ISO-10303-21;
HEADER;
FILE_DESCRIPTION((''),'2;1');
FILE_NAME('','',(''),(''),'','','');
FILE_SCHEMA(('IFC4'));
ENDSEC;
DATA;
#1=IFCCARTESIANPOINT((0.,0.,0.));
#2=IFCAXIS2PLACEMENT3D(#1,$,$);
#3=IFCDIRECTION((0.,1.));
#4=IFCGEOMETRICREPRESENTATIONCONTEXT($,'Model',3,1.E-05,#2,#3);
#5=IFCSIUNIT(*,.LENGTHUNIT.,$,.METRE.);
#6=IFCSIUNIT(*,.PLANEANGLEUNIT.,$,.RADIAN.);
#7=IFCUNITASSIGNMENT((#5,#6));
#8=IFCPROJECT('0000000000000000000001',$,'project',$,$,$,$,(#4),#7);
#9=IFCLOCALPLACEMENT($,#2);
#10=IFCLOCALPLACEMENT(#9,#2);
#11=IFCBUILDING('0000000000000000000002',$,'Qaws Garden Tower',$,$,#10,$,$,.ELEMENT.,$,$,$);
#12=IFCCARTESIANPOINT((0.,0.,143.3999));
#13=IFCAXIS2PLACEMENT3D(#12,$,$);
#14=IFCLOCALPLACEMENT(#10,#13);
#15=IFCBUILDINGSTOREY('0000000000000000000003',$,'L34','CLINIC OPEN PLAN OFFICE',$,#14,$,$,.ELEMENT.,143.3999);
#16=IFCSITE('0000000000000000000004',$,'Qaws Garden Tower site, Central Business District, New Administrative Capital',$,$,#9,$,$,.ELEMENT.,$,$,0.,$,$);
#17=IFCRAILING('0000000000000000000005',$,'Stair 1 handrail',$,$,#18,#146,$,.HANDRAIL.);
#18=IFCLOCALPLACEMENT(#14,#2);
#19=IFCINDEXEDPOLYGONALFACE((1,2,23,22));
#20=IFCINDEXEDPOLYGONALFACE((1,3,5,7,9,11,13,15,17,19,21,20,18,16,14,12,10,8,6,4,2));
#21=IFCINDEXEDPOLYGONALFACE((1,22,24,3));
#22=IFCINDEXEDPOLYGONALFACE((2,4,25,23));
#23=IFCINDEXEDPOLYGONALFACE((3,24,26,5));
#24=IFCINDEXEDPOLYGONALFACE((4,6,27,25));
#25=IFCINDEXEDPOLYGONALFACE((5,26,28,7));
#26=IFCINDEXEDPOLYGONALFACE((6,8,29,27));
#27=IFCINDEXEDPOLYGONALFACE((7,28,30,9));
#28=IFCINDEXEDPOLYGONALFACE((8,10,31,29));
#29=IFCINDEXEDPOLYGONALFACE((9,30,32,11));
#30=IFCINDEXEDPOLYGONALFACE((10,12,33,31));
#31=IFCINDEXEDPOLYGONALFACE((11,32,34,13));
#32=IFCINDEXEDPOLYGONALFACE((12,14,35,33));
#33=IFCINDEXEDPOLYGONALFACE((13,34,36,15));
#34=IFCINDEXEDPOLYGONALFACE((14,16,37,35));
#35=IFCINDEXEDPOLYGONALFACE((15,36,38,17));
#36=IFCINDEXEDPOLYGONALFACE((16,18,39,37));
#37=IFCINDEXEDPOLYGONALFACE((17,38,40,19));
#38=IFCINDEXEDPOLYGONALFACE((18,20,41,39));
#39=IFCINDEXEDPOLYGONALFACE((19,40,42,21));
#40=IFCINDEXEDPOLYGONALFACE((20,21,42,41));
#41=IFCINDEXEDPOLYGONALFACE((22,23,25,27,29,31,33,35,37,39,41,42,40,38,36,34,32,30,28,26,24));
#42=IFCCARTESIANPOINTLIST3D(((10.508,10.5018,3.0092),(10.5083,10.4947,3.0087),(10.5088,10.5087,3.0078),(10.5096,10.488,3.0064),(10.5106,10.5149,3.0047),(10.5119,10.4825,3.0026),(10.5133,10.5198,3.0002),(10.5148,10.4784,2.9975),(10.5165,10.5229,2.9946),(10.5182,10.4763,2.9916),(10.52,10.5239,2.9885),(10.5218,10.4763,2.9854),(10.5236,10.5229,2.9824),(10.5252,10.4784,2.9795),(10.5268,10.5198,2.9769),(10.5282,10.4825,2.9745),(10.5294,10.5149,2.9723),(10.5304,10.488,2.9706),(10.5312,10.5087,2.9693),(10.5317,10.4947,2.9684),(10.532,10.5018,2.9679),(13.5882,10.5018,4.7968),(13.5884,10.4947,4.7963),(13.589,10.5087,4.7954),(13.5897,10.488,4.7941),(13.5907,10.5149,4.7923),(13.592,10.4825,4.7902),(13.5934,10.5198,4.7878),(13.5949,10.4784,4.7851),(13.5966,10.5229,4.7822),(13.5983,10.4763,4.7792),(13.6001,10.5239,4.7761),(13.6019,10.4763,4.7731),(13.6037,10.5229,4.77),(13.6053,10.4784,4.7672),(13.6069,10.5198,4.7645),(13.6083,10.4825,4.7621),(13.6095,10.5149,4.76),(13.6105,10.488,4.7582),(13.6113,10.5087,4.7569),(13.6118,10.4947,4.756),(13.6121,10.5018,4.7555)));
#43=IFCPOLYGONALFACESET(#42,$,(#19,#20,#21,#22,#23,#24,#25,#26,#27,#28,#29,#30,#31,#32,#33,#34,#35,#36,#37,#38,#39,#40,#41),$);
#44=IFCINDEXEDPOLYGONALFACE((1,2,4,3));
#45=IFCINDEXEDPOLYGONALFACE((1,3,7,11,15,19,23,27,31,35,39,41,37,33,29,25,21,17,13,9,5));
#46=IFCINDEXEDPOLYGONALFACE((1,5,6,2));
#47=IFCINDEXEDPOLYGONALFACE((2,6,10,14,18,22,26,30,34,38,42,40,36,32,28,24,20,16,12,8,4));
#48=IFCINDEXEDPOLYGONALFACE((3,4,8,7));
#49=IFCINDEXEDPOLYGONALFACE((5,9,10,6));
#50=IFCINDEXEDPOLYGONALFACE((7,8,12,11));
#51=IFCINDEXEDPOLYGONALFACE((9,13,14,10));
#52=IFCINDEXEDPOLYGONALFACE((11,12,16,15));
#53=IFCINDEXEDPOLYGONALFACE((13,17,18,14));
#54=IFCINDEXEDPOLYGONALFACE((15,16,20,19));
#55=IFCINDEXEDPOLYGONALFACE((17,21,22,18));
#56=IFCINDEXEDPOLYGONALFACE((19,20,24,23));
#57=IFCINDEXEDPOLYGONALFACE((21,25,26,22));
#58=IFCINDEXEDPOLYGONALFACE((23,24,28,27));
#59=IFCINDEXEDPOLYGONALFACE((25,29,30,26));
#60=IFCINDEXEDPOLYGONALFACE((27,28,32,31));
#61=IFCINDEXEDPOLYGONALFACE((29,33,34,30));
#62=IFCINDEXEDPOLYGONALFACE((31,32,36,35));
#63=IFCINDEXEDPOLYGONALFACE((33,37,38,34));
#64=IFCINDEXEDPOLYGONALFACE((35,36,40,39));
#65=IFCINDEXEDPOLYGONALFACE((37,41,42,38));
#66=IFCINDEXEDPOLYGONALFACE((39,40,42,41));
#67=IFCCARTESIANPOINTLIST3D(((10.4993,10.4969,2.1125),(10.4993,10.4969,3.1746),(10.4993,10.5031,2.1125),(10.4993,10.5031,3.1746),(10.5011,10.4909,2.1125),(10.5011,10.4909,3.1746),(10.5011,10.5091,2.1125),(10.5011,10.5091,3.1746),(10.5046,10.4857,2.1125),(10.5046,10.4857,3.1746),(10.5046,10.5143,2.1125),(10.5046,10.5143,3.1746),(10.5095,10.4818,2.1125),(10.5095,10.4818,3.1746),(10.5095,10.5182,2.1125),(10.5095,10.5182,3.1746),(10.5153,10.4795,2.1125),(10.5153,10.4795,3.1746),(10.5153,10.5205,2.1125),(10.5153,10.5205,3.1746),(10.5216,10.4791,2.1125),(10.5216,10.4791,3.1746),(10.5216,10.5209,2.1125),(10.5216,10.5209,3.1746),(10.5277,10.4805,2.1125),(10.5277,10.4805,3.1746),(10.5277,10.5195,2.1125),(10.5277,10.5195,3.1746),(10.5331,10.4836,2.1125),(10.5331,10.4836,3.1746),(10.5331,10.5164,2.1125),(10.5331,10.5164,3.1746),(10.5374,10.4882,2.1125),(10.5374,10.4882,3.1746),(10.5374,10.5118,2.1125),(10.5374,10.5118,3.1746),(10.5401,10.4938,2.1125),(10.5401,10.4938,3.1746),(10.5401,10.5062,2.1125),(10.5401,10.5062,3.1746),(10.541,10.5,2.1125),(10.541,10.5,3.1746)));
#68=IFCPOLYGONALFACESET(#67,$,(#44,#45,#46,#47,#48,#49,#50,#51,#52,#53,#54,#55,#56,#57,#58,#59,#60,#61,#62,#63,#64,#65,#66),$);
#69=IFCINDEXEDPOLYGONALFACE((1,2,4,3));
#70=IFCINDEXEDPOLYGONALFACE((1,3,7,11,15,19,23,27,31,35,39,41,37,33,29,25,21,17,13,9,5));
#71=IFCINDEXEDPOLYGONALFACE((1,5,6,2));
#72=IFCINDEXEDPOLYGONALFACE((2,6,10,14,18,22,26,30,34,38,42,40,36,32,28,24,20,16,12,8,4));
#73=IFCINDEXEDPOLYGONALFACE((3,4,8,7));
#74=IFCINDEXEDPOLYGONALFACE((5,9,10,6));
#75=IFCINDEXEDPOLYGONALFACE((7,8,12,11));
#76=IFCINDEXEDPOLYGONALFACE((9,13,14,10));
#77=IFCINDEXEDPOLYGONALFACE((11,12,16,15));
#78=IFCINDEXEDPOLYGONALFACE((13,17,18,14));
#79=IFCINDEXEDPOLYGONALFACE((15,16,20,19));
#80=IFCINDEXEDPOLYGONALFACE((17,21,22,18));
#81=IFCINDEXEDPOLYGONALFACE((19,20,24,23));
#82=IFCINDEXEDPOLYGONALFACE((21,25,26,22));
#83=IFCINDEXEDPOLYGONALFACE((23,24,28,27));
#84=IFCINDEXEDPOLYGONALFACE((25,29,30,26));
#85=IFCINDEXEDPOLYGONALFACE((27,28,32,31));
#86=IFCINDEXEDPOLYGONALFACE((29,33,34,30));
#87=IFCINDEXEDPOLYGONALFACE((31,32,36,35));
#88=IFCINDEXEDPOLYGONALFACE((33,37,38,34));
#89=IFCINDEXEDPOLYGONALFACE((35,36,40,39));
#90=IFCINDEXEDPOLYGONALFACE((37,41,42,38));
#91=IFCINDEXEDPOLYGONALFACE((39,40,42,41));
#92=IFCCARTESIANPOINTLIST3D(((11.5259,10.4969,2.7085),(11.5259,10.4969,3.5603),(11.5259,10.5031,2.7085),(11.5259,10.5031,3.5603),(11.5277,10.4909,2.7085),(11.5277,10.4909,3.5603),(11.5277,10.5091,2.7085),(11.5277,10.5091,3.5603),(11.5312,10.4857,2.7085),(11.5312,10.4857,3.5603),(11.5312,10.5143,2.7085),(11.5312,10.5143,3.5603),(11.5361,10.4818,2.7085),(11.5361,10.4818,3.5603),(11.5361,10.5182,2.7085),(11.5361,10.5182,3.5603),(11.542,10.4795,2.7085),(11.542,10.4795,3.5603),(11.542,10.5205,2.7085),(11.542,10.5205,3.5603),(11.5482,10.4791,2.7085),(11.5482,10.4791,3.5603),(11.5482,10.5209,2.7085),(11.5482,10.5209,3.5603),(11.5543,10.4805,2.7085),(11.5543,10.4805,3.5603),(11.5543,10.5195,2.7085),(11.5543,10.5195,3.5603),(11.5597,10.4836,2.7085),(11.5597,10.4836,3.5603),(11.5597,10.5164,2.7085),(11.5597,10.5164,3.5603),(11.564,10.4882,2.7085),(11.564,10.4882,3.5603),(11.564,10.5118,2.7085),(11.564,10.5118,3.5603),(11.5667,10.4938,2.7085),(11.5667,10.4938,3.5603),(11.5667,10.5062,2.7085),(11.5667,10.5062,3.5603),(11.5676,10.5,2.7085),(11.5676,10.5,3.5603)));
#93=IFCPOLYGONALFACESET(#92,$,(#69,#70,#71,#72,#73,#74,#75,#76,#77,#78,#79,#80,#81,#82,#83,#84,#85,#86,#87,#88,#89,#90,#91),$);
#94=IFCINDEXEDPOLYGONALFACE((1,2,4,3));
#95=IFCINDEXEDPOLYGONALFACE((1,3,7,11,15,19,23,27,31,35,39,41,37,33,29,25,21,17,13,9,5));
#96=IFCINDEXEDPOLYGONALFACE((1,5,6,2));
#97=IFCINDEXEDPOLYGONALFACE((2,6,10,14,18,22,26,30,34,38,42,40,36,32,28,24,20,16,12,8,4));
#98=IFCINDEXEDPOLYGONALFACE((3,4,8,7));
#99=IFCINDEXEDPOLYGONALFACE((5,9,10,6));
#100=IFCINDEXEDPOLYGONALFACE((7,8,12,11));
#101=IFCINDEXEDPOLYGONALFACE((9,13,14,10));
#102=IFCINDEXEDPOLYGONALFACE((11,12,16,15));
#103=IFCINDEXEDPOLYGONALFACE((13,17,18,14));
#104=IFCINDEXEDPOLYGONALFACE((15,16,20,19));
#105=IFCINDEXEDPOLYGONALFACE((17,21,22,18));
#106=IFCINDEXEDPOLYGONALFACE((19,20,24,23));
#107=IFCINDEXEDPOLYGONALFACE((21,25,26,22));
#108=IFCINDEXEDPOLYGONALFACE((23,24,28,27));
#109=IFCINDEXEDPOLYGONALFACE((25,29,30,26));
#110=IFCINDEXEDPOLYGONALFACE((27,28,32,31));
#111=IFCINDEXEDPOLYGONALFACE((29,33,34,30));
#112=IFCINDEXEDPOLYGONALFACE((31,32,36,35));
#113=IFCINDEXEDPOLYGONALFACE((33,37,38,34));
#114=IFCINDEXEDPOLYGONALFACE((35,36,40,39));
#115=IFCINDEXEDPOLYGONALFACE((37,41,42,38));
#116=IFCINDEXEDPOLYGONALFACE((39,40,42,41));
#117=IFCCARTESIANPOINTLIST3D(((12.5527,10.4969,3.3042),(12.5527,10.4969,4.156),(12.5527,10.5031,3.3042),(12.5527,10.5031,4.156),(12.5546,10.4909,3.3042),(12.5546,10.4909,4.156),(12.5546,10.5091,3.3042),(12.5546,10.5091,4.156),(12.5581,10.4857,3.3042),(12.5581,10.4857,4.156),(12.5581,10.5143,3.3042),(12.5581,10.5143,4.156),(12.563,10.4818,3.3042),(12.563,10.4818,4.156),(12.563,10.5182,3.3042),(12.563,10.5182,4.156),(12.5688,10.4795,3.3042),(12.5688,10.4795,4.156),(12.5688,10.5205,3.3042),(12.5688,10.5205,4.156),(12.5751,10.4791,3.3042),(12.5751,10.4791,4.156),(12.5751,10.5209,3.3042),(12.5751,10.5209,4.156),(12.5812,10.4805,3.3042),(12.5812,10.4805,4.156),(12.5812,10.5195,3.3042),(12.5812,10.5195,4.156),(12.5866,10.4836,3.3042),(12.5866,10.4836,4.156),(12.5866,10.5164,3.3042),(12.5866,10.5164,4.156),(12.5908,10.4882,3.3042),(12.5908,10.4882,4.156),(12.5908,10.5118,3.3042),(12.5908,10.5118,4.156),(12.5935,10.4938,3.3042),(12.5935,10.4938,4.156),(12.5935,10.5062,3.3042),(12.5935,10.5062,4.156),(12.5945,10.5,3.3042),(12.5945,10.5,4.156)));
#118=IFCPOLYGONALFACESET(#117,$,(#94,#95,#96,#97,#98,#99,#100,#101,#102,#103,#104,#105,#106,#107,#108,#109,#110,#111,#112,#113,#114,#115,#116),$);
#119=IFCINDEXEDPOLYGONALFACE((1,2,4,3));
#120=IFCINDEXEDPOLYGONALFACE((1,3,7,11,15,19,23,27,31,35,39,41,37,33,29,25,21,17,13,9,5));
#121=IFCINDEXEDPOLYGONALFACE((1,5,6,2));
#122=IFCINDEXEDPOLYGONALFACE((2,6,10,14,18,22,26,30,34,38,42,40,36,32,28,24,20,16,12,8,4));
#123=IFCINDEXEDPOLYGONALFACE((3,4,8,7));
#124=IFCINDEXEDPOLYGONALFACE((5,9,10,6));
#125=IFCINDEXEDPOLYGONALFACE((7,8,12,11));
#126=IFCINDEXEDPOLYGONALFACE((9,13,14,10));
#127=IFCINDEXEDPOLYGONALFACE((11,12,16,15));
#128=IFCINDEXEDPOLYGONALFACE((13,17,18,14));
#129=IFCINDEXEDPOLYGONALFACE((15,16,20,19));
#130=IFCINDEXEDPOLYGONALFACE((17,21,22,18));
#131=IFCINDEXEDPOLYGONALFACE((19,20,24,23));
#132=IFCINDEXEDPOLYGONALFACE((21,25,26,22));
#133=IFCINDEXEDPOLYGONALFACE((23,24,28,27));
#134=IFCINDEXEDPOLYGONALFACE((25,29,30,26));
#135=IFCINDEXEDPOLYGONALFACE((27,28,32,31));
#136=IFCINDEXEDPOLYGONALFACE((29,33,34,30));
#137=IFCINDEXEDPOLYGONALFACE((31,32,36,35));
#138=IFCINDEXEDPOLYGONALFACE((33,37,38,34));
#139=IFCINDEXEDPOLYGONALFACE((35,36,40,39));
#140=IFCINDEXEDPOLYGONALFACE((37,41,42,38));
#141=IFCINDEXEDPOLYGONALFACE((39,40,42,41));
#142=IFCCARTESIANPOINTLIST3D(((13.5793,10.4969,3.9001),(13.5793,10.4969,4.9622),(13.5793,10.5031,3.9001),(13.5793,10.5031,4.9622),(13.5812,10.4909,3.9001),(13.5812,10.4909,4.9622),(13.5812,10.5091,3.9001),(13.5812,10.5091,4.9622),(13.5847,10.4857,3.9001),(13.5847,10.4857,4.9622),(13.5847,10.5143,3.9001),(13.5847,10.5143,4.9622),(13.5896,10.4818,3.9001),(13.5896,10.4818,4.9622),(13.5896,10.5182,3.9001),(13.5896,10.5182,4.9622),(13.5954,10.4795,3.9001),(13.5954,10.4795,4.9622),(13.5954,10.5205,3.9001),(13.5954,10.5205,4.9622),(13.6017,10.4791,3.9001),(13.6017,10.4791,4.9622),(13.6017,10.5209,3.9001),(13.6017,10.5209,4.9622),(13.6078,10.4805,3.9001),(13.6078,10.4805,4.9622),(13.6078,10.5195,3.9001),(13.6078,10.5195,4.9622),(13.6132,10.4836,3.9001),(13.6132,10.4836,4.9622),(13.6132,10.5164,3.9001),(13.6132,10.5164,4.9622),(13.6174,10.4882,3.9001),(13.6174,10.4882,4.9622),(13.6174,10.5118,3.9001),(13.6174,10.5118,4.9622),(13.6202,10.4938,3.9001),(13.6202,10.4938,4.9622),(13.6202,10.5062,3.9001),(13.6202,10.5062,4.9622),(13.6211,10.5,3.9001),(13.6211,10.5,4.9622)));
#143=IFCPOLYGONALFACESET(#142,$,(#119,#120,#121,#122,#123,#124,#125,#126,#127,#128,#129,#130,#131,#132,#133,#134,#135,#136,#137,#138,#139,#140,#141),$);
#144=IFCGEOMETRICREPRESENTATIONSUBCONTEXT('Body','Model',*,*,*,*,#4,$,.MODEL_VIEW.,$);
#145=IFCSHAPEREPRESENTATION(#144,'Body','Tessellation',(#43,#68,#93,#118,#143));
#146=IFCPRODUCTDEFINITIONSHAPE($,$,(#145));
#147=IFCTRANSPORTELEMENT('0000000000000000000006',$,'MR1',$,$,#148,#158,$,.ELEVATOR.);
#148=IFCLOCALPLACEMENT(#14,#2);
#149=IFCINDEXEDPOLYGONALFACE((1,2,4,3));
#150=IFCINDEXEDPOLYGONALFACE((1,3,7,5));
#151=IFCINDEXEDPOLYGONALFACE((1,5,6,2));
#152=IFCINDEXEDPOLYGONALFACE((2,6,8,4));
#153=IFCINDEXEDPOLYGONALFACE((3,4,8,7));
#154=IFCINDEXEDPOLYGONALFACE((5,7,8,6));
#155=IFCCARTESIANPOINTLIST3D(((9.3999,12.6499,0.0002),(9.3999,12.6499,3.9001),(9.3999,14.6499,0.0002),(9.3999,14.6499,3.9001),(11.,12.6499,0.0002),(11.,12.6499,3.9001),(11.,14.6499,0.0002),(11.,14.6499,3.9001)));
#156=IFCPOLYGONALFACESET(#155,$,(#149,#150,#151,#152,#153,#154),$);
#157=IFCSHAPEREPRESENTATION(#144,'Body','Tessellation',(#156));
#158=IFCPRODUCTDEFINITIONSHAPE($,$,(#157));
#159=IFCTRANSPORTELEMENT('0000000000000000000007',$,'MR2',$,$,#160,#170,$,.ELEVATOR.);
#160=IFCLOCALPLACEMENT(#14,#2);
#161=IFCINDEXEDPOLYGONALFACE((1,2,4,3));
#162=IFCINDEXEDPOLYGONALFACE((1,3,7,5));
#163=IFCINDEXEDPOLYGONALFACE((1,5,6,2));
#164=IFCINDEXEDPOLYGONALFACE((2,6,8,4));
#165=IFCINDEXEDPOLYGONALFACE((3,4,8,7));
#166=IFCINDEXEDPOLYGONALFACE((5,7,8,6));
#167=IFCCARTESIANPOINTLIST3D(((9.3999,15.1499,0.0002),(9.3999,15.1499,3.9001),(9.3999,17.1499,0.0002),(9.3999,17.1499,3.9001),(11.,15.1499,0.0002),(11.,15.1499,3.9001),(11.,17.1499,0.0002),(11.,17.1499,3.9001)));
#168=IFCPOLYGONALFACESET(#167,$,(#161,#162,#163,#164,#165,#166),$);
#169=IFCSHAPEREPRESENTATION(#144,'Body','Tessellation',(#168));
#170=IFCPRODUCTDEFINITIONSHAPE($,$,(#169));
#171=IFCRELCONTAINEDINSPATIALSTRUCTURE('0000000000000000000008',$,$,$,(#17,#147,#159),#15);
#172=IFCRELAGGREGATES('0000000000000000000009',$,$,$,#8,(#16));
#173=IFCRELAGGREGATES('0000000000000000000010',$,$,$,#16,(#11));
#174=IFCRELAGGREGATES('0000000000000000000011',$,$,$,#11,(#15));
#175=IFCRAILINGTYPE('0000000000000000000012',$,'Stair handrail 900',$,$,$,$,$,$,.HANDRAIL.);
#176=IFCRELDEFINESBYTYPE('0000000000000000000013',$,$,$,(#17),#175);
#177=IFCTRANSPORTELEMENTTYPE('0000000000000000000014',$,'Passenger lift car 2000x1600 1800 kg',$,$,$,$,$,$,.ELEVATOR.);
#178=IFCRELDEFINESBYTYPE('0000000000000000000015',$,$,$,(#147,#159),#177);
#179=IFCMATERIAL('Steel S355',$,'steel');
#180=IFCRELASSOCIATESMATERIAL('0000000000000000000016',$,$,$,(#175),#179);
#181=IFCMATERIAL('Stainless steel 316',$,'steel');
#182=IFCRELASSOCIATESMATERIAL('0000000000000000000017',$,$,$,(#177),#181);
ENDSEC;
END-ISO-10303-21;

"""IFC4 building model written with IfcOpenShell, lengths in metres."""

from ifc_helpers import new_model, si_unit, direction, frame, origin, origin_2d, place, context, subcontext, project, spatial, rectangle, circle, extrude, material, type_object, element, save


model = new_model("IFC4")

# Units and contexts
model_context = context("Model", 3, precision=1e-05, world=origin(), true_north=direction((0.0, 1.0)))
body_context = subcontext(model_context, "Body", "Model", "MODEL_VIEW")
ifc_project = project(units=[si_unit("LENGTHUNIT", "METRE"), si_unit("PLANEANGLEUNIT", "RADIAN")], contexts=[model_context])

# Site, building, storey
site_placement = place(None, origin())
site = spatial("IfcSite", under=ifc_project, at=site_placement, Name="Qaws Garden Tower site, Central Business District, New Administrative Capital", CompositionType="ELEMENT", RefElevation=0.0)
building_placement = place(site_placement, origin())
building = spatial("IfcBuilding", under=site, at=building_placement, Name="Qaws Garden Tower", CompositionType="ELEMENT")
storey_placement = place(building_placement, frame((0.0, 0.0, 143.3999)))
storey = spatial("IfcBuildingStorey", under=building, at=storey_placement, Name="L34", Description="CLINIC OPEN PLAN OFFICE", CompositionType="ELEMENT", Elevation=143.3999)

# Railing
ifc_material_1 = material(Name="Steel S355", Category="steel")
railing_type = type_object("IfcRailingType", Name="Stair handrail 900", PredefinedType="HANDRAIL", material=ifc_material_1)
railing_1_placement = place(storey_placement, frame((10.52, 10.5, 2.1125)))
element("IfcRailing", 1, at=railing_1_placement, inside=storey, type_object=railing_type, Name="Stair 1 handrail", PredefinedType="HANDRAIL", context=body_context, shape_type="SweptSolid", body=[
    extrude(circle(Radius=0.0239, at=origin_2d()), frame((0.0, 0.0, 0.876), z_axis=(0.864891, 0.0, 0.50196), x_axis=(0.0, 1.0, 0.0)), (0.0, 0.0, 1.0), 3.5613),
    extrude(circle(Radius=0.021, at=origin_2d()), origin(), (0.0, 0.0, 1.0), 1.062),
    extrude(circle(Radius=0.021, at=origin_2d()), frame((1.0266, 0.0, 0.5959)), (0.0, 0.0, 1.0), 0.8518),
    extrude(circle(Radius=0.021, at=origin_2d()), frame((2.0535, 0.0, 1.1917)), (0.0, 0.0, 1.0), 0.8518),
    extrude(circle(Radius=0.021, at=origin_2d()), frame((3.0801, 0.0, 1.7876)), (0.0, 0.0, 1.0), 1.062),
])

# Transport elements
ifc_material_2 = material(Name="Stainless steel 316", Category="steel")
transport_element_type = type_object("IfcTransportElementType", Name="Passenger lift car 2000x1600 1800 kg", PredefinedType="ELEVATOR", material=ifc_material_2)
for number, where, z_axis, x_axis, name in (
    (2, (10.2, 13.6499, 0.0002), (0.0, 0.0, 1.0), (1.0, 0.0, 0.0), "MR1"),
    (3, (10.2, 16.1499, 0.0002), (0.0, 0.0, 1.0), (1.0, 0.0, 0.0), "MR2"),
):
    element("IfcTransportElement", number, at=place(storey_placement, frame(where, z_axis=z_axis, x_axis=x_axis)), inside=storey, type_object=transport_element_type, Name=name, PredefinedType="ELEVATOR", context=body_context, shape_type="SweptSolid", body=[
        extrude(rectangle(XDim=1.6001, YDim=2.0, at=origin_2d()), origin(), (0.0, 0.0, 1.0), 3.8999),
    ])

save(model, "model.ifc")
